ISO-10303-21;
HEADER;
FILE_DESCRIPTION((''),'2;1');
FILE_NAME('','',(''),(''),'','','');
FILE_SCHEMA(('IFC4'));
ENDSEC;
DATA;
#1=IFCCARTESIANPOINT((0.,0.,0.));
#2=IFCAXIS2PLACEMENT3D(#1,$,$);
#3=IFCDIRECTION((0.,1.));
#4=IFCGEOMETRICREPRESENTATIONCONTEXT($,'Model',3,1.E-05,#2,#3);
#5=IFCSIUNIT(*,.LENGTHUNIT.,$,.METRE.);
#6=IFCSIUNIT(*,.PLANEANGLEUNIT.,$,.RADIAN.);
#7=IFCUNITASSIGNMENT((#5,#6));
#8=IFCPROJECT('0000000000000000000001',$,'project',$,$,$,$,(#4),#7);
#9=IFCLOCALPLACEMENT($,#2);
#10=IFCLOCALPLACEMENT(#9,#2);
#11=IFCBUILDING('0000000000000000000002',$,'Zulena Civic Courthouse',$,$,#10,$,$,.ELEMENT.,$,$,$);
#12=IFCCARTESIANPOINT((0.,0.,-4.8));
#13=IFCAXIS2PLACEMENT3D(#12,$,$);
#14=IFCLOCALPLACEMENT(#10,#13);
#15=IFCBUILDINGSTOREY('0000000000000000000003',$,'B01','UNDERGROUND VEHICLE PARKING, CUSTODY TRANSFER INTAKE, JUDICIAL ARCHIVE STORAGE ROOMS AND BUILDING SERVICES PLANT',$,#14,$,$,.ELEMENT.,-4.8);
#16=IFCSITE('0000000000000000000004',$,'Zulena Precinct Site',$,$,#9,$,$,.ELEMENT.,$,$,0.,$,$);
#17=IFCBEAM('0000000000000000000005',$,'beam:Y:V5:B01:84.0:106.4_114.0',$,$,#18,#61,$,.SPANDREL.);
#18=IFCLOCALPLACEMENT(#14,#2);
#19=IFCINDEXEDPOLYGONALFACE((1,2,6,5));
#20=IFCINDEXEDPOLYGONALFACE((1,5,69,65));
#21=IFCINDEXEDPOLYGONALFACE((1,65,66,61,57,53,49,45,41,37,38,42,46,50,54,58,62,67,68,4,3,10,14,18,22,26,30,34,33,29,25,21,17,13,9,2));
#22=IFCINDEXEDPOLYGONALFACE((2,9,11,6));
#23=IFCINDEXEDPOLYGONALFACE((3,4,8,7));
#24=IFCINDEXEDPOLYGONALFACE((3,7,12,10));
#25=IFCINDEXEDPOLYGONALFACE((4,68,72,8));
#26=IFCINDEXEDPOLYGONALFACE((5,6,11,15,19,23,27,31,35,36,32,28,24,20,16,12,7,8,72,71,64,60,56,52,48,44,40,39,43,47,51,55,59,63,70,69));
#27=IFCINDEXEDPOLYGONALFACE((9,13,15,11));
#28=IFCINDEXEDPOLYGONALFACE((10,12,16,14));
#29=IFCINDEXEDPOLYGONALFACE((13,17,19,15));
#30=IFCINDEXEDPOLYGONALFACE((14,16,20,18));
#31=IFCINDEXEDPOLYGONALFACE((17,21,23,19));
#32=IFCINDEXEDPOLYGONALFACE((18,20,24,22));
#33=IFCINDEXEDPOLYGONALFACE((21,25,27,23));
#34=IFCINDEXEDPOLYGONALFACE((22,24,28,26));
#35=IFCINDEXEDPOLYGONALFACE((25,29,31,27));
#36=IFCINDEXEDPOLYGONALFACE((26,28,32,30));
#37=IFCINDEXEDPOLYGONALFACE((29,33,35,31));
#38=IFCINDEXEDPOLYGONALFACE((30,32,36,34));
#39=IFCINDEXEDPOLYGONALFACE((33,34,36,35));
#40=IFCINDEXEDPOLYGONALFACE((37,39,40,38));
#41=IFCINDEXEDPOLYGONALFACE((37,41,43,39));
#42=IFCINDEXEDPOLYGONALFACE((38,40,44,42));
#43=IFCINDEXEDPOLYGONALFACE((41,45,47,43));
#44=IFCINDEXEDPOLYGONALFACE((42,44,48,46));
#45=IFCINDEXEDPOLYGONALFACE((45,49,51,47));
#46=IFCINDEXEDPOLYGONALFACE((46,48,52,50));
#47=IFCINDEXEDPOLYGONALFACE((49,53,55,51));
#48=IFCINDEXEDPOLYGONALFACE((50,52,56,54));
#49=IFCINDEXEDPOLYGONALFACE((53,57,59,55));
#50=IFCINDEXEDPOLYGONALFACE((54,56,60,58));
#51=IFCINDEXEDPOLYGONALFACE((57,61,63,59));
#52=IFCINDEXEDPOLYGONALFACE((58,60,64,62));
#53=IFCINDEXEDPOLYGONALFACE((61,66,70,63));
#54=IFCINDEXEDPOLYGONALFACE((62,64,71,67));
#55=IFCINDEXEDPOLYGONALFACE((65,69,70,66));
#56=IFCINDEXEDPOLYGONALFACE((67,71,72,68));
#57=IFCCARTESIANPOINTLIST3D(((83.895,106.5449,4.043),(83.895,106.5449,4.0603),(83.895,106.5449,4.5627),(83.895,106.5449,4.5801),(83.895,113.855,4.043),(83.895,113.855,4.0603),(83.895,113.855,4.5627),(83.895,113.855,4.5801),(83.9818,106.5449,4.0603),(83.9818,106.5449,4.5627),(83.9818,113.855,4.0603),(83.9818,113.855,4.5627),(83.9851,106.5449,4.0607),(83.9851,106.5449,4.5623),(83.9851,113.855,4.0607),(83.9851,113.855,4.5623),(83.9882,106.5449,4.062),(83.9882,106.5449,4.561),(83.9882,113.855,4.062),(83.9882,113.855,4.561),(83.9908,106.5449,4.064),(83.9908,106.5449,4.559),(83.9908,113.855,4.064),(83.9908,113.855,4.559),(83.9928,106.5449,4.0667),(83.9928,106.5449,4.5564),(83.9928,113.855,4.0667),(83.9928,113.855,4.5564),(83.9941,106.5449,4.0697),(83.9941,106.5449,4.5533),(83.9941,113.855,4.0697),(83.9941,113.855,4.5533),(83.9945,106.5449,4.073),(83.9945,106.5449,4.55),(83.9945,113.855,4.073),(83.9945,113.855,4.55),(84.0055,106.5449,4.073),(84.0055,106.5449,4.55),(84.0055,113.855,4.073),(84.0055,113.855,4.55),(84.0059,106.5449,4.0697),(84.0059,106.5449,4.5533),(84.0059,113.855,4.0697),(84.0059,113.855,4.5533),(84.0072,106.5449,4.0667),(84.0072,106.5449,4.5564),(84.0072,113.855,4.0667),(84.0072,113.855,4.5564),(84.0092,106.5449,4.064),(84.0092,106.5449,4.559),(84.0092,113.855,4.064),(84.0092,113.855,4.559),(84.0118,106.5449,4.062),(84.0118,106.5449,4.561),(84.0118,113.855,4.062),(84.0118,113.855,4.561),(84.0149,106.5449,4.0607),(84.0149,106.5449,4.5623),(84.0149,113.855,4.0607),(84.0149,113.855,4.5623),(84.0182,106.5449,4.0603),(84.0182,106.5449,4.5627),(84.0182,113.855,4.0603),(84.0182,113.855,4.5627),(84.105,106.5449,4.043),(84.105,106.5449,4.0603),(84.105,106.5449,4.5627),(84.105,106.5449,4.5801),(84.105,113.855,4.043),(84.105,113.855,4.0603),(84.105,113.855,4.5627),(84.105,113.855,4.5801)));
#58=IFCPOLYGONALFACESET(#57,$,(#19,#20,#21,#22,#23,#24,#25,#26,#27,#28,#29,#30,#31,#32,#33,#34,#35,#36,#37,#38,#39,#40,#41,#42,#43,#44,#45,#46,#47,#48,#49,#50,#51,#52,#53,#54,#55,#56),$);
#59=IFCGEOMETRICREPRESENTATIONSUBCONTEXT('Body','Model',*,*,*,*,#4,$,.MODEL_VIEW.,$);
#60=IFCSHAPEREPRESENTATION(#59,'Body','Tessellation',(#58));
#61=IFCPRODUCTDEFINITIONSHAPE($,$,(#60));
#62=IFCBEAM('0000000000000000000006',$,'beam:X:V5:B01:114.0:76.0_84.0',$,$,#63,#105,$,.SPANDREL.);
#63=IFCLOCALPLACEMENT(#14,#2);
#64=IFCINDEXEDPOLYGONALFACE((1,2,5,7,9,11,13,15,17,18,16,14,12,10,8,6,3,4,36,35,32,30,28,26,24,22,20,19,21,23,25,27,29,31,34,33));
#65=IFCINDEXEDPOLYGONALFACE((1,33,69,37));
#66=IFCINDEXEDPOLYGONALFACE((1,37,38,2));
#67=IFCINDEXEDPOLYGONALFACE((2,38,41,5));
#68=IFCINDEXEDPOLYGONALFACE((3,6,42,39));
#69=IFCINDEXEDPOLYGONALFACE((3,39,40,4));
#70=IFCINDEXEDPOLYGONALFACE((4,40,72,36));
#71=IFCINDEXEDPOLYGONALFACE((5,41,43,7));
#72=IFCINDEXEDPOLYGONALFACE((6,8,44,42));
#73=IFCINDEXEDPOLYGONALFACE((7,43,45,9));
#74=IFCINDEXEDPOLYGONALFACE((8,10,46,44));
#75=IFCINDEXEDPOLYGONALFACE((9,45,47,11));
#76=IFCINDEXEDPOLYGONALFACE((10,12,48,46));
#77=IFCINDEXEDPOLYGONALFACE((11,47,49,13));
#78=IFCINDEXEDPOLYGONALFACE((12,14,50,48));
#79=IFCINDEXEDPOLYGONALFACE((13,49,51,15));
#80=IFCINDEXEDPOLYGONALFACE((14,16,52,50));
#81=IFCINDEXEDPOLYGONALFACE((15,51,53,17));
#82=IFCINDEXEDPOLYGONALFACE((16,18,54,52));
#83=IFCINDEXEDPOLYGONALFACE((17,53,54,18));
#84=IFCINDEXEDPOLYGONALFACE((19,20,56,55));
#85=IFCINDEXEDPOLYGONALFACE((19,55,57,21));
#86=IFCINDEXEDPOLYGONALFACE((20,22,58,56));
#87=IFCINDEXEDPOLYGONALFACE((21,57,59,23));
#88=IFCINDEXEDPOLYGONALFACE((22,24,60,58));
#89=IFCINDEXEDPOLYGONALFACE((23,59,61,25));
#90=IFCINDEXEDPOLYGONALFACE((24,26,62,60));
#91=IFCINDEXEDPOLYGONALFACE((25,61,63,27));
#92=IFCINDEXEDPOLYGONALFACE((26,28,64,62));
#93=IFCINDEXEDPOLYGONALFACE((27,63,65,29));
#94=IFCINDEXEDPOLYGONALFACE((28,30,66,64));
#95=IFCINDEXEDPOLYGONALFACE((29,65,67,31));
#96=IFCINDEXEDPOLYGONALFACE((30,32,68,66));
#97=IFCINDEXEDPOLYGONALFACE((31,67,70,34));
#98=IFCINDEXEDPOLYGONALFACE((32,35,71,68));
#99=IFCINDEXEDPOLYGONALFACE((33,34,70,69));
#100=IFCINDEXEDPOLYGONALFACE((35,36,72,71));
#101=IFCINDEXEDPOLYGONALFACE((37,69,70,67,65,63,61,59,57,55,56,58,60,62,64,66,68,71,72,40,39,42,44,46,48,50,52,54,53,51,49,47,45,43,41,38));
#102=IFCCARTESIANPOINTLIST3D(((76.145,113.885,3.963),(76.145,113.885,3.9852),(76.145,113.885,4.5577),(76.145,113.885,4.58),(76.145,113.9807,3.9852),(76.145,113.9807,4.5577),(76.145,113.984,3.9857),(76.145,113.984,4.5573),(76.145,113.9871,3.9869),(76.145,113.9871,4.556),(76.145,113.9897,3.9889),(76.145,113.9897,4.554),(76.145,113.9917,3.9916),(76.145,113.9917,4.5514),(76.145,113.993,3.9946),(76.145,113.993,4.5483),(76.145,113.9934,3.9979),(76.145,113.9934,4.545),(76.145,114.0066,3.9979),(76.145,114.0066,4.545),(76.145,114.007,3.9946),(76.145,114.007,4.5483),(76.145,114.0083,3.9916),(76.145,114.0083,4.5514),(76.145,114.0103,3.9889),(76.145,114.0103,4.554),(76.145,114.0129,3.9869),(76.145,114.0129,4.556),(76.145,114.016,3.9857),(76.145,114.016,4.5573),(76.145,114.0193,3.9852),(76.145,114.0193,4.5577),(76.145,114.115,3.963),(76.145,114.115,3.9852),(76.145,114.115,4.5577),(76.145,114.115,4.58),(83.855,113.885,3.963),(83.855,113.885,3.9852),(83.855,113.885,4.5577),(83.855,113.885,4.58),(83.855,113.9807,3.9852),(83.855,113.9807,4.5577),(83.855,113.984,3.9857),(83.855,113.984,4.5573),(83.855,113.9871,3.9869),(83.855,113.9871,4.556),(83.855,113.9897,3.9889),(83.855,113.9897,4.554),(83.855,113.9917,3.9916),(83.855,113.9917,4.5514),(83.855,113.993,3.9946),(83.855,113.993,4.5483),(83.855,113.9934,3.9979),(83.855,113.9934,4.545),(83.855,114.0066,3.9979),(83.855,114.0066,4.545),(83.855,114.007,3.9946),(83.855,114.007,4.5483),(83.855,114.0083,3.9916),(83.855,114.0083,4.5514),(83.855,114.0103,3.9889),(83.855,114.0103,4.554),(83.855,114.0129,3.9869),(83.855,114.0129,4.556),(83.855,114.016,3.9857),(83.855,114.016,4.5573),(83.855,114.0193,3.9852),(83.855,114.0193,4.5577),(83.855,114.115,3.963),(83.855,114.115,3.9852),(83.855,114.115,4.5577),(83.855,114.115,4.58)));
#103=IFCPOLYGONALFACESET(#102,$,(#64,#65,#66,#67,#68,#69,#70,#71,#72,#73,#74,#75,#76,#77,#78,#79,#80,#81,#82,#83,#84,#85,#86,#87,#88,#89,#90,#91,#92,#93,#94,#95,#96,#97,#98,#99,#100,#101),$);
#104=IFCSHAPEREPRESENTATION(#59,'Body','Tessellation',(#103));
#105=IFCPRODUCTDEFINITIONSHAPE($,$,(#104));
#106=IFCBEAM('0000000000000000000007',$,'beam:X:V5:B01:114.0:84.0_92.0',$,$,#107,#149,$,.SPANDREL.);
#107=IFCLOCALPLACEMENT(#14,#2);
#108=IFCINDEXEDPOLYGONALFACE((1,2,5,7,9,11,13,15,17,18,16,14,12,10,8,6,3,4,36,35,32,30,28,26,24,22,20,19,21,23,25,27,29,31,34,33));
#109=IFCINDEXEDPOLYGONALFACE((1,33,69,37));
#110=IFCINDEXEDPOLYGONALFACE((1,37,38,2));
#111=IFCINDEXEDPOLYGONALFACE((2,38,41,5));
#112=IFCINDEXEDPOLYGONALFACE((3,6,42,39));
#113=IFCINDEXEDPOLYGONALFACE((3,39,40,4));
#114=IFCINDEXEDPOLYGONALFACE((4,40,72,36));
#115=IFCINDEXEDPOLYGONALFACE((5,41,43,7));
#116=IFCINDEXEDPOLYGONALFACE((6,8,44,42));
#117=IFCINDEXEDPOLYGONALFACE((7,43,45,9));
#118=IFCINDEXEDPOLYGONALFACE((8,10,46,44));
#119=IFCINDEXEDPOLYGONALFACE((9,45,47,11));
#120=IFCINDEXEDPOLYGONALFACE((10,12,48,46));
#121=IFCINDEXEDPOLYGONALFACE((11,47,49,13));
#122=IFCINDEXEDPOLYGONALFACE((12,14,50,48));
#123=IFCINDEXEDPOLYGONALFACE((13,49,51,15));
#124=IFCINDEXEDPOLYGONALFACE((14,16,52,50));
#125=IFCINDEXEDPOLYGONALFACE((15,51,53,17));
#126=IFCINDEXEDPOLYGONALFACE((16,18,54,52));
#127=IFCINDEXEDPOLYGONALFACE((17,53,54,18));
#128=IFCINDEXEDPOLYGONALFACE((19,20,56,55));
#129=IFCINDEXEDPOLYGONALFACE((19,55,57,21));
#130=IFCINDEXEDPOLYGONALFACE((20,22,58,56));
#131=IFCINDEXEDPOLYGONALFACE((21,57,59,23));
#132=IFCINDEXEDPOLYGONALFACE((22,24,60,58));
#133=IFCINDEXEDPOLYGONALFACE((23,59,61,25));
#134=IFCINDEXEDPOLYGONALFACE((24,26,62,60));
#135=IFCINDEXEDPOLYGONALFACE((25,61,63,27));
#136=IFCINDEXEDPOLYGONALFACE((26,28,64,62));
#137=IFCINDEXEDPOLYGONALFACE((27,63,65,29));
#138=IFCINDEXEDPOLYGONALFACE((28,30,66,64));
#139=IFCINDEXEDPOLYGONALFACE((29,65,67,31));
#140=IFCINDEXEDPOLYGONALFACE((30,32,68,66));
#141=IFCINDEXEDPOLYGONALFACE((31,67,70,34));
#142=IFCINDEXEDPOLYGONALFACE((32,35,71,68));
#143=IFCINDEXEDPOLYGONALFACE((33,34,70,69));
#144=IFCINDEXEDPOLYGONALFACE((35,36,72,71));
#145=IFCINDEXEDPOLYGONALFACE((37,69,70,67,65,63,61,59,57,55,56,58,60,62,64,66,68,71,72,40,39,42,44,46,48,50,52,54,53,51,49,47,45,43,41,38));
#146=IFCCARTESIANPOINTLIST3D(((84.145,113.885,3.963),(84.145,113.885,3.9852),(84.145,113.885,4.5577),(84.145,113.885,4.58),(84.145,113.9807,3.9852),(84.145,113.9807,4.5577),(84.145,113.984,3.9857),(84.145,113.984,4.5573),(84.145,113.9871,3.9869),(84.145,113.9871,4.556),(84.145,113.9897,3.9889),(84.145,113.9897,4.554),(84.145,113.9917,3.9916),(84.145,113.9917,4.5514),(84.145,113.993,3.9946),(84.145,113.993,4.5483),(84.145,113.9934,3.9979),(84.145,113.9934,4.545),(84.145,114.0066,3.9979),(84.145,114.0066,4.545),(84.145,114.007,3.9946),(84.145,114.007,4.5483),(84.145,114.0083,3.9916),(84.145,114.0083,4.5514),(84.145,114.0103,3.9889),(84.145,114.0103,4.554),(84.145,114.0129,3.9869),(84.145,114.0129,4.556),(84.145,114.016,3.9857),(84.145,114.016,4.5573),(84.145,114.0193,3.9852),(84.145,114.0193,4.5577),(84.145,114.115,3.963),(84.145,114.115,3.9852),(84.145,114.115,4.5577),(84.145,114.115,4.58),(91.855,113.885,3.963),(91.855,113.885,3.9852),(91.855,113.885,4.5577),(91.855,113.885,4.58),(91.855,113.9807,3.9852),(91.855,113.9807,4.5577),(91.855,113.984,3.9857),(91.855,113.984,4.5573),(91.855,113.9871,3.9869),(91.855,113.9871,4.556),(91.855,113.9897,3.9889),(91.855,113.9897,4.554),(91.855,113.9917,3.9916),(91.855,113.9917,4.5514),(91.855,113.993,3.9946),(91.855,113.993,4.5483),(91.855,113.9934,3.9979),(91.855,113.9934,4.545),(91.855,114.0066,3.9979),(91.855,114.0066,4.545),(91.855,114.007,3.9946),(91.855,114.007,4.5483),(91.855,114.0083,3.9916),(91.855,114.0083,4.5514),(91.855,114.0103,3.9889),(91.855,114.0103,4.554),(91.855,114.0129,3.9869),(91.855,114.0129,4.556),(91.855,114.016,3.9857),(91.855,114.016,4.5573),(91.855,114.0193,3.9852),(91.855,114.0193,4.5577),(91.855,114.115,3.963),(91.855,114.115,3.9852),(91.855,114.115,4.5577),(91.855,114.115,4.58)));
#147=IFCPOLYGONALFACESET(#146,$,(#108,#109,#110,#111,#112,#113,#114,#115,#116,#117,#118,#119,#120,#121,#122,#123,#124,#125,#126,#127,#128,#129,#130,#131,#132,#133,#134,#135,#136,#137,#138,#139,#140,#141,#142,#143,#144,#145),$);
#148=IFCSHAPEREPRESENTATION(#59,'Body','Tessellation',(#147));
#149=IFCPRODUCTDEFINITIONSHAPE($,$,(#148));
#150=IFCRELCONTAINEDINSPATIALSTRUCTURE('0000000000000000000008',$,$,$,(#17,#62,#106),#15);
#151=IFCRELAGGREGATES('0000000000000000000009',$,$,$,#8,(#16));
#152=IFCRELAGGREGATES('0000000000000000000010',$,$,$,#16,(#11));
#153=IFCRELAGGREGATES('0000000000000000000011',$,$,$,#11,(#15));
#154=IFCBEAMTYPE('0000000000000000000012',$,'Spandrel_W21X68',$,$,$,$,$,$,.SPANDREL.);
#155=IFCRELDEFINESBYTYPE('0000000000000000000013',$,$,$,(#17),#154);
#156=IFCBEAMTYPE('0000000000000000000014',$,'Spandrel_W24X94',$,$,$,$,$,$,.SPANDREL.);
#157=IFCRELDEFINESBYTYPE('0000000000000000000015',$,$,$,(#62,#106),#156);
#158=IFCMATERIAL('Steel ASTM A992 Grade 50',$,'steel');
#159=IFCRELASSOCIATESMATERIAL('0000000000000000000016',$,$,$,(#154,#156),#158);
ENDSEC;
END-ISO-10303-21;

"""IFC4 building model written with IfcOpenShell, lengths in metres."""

from ifc_helpers import new_model, si_unit, direction, frame, origin, origin_2d, place, context, subcontext, project, spatial, i_section, extrude, material, material_profile, profile_set, type_object, element, save


model = new_model("IFC4")

# Units and contexts
model_context = context("Model", 3, precision=1e-05, world=origin(), true_north=direction((0.0, 1.0)))
body_context = subcontext(model_context, "Body", "Model", "MODEL_VIEW")
ifc_project = project(units=[si_unit("LENGTHUNIT", "METRE"), si_unit("PLANEANGLEUNIT", "RADIAN")], contexts=[model_context])

# Site, building, storey
site_placement = place(None, origin())
site = spatial("IfcSite", under=ifc_project, at=site_placement, Name="Zulena Precinct Site", CompositionType="ELEMENT", RefElevation=0.0)
building_placement = place(site_placement, origin())
building = spatial("IfcBuilding", under=site, at=building_placement, Name="Zulena Civic Courthouse", CompositionType="ELEMENT")
storey_placement = place(building_placement, frame((0.0, 0.0, -4.8)))
storey = spatial("IfcBuildingStorey", under=building, at=storey_placement, Name="B01", Description="UNDERGROUND VEHICLE PARKING, CUSTODY TRANSFER INTAKE, JUDICIAL ARCHIVE STORAGE ROOMS AND BUILDING SERVICES PLANT", CompositionType="ELEMENT", Elevation=-4.8)

# Shared definitions
ifc_material_1 = material(Name="Steel ASTM A992 Grade 50", Category="steel")

# Beams
ifc_material_profile_1 = material_profile(ifc_material_1, i_section(OverallWidth=0.21, OverallDepth=0.5371, WebThickness=0.011, FlangeThickness=0.0173, FilletRadius=0.0127, at=origin_2d()), Name="W21X68")
ifc_profile_set_1 = profile_set([ifc_material_profile_1], Name="Steel ASTM A992 Grade 50")
beam_type_1 = type_object("IfcBeamType", Name="Spandrel_W21X68", PredefinedType="SPANDREL", material=ifc_profile_set_1)
for number, where, z_axis, x_axis, name in (
    (1, (84.0, 106.5449, 4.3115), (0.0, 1.0, 0.0), (-1.0, 0.0, 0.0), "beam:Y:V5:B01:84.0:106.4_114.0"),
):
    element("IfcBeam", number, at=place(storey_placement, frame(where, z_axis=z_axis, x_axis=x_axis)), inside=storey, type_object=beam_type_1, Name=name, PredefinedType="SPANDREL", context=body_context, shape_type="SweptSolid", body=[
        extrude(i_section(OverallWidth=0.21, OverallDepth=0.5371, WebThickness=0.011, FlangeThickness=0.0173, FilletRadius=0.0127, at=origin_2d()), origin(), (0.0, 0.0, 1.0), 7.3101),
    ])
ifc_material_profile_2 = material_profile(ifc_material_1, i_section(OverallWidth=0.23, OverallDepth=0.6169, WebThickness=0.0132, FlangeThickness=0.0222, FilletRadius=0.0127, at=origin_2d()), Name="W24X94")
ifc_profile_set_2 = profile_set([ifc_material_profile_2], Name="Steel ASTM A992 Grade 50")
beam_type_2 = type_object("IfcBeamType", Name="Spandrel_W24X94", PredefinedType="SPANDREL", material=ifc_profile_set_2)
for number, where, z_axis, x_axis, name in (
    (2, (76.145, 114.0, 4.2715), (1.0, 0.0, 0.0), (0.0, 1.0, 0.0), "beam:X:V5:B01:114.0:76.0_84.0"),
    (3, (84.145, 114.0, 4.2715), (1.0, 0.0, 0.0), (0.0, 1.0, 0.0), "beam:X:V5:B01:114.0:84.0_92.0"),
):
    element("IfcBeam", number, at=place(storey_placement, frame(where, z_axis=z_axis, x_axis=x_axis)), inside=storey, type_object=beam_type_2, Name=name, PredefinedType="SPANDREL", context=body_context, shape_type="SweptSolid", body=[
        extrude(i_section(OverallWidth=0.23, OverallDepth=0.6169, WebThickness=0.0132, FlangeThickness=0.0222, FilletRadius=0.0127, at=origin_2d()), origin(), (0.0, 0.0, 1.0), 7.71),
    ])

save(model, "model.ifc")
